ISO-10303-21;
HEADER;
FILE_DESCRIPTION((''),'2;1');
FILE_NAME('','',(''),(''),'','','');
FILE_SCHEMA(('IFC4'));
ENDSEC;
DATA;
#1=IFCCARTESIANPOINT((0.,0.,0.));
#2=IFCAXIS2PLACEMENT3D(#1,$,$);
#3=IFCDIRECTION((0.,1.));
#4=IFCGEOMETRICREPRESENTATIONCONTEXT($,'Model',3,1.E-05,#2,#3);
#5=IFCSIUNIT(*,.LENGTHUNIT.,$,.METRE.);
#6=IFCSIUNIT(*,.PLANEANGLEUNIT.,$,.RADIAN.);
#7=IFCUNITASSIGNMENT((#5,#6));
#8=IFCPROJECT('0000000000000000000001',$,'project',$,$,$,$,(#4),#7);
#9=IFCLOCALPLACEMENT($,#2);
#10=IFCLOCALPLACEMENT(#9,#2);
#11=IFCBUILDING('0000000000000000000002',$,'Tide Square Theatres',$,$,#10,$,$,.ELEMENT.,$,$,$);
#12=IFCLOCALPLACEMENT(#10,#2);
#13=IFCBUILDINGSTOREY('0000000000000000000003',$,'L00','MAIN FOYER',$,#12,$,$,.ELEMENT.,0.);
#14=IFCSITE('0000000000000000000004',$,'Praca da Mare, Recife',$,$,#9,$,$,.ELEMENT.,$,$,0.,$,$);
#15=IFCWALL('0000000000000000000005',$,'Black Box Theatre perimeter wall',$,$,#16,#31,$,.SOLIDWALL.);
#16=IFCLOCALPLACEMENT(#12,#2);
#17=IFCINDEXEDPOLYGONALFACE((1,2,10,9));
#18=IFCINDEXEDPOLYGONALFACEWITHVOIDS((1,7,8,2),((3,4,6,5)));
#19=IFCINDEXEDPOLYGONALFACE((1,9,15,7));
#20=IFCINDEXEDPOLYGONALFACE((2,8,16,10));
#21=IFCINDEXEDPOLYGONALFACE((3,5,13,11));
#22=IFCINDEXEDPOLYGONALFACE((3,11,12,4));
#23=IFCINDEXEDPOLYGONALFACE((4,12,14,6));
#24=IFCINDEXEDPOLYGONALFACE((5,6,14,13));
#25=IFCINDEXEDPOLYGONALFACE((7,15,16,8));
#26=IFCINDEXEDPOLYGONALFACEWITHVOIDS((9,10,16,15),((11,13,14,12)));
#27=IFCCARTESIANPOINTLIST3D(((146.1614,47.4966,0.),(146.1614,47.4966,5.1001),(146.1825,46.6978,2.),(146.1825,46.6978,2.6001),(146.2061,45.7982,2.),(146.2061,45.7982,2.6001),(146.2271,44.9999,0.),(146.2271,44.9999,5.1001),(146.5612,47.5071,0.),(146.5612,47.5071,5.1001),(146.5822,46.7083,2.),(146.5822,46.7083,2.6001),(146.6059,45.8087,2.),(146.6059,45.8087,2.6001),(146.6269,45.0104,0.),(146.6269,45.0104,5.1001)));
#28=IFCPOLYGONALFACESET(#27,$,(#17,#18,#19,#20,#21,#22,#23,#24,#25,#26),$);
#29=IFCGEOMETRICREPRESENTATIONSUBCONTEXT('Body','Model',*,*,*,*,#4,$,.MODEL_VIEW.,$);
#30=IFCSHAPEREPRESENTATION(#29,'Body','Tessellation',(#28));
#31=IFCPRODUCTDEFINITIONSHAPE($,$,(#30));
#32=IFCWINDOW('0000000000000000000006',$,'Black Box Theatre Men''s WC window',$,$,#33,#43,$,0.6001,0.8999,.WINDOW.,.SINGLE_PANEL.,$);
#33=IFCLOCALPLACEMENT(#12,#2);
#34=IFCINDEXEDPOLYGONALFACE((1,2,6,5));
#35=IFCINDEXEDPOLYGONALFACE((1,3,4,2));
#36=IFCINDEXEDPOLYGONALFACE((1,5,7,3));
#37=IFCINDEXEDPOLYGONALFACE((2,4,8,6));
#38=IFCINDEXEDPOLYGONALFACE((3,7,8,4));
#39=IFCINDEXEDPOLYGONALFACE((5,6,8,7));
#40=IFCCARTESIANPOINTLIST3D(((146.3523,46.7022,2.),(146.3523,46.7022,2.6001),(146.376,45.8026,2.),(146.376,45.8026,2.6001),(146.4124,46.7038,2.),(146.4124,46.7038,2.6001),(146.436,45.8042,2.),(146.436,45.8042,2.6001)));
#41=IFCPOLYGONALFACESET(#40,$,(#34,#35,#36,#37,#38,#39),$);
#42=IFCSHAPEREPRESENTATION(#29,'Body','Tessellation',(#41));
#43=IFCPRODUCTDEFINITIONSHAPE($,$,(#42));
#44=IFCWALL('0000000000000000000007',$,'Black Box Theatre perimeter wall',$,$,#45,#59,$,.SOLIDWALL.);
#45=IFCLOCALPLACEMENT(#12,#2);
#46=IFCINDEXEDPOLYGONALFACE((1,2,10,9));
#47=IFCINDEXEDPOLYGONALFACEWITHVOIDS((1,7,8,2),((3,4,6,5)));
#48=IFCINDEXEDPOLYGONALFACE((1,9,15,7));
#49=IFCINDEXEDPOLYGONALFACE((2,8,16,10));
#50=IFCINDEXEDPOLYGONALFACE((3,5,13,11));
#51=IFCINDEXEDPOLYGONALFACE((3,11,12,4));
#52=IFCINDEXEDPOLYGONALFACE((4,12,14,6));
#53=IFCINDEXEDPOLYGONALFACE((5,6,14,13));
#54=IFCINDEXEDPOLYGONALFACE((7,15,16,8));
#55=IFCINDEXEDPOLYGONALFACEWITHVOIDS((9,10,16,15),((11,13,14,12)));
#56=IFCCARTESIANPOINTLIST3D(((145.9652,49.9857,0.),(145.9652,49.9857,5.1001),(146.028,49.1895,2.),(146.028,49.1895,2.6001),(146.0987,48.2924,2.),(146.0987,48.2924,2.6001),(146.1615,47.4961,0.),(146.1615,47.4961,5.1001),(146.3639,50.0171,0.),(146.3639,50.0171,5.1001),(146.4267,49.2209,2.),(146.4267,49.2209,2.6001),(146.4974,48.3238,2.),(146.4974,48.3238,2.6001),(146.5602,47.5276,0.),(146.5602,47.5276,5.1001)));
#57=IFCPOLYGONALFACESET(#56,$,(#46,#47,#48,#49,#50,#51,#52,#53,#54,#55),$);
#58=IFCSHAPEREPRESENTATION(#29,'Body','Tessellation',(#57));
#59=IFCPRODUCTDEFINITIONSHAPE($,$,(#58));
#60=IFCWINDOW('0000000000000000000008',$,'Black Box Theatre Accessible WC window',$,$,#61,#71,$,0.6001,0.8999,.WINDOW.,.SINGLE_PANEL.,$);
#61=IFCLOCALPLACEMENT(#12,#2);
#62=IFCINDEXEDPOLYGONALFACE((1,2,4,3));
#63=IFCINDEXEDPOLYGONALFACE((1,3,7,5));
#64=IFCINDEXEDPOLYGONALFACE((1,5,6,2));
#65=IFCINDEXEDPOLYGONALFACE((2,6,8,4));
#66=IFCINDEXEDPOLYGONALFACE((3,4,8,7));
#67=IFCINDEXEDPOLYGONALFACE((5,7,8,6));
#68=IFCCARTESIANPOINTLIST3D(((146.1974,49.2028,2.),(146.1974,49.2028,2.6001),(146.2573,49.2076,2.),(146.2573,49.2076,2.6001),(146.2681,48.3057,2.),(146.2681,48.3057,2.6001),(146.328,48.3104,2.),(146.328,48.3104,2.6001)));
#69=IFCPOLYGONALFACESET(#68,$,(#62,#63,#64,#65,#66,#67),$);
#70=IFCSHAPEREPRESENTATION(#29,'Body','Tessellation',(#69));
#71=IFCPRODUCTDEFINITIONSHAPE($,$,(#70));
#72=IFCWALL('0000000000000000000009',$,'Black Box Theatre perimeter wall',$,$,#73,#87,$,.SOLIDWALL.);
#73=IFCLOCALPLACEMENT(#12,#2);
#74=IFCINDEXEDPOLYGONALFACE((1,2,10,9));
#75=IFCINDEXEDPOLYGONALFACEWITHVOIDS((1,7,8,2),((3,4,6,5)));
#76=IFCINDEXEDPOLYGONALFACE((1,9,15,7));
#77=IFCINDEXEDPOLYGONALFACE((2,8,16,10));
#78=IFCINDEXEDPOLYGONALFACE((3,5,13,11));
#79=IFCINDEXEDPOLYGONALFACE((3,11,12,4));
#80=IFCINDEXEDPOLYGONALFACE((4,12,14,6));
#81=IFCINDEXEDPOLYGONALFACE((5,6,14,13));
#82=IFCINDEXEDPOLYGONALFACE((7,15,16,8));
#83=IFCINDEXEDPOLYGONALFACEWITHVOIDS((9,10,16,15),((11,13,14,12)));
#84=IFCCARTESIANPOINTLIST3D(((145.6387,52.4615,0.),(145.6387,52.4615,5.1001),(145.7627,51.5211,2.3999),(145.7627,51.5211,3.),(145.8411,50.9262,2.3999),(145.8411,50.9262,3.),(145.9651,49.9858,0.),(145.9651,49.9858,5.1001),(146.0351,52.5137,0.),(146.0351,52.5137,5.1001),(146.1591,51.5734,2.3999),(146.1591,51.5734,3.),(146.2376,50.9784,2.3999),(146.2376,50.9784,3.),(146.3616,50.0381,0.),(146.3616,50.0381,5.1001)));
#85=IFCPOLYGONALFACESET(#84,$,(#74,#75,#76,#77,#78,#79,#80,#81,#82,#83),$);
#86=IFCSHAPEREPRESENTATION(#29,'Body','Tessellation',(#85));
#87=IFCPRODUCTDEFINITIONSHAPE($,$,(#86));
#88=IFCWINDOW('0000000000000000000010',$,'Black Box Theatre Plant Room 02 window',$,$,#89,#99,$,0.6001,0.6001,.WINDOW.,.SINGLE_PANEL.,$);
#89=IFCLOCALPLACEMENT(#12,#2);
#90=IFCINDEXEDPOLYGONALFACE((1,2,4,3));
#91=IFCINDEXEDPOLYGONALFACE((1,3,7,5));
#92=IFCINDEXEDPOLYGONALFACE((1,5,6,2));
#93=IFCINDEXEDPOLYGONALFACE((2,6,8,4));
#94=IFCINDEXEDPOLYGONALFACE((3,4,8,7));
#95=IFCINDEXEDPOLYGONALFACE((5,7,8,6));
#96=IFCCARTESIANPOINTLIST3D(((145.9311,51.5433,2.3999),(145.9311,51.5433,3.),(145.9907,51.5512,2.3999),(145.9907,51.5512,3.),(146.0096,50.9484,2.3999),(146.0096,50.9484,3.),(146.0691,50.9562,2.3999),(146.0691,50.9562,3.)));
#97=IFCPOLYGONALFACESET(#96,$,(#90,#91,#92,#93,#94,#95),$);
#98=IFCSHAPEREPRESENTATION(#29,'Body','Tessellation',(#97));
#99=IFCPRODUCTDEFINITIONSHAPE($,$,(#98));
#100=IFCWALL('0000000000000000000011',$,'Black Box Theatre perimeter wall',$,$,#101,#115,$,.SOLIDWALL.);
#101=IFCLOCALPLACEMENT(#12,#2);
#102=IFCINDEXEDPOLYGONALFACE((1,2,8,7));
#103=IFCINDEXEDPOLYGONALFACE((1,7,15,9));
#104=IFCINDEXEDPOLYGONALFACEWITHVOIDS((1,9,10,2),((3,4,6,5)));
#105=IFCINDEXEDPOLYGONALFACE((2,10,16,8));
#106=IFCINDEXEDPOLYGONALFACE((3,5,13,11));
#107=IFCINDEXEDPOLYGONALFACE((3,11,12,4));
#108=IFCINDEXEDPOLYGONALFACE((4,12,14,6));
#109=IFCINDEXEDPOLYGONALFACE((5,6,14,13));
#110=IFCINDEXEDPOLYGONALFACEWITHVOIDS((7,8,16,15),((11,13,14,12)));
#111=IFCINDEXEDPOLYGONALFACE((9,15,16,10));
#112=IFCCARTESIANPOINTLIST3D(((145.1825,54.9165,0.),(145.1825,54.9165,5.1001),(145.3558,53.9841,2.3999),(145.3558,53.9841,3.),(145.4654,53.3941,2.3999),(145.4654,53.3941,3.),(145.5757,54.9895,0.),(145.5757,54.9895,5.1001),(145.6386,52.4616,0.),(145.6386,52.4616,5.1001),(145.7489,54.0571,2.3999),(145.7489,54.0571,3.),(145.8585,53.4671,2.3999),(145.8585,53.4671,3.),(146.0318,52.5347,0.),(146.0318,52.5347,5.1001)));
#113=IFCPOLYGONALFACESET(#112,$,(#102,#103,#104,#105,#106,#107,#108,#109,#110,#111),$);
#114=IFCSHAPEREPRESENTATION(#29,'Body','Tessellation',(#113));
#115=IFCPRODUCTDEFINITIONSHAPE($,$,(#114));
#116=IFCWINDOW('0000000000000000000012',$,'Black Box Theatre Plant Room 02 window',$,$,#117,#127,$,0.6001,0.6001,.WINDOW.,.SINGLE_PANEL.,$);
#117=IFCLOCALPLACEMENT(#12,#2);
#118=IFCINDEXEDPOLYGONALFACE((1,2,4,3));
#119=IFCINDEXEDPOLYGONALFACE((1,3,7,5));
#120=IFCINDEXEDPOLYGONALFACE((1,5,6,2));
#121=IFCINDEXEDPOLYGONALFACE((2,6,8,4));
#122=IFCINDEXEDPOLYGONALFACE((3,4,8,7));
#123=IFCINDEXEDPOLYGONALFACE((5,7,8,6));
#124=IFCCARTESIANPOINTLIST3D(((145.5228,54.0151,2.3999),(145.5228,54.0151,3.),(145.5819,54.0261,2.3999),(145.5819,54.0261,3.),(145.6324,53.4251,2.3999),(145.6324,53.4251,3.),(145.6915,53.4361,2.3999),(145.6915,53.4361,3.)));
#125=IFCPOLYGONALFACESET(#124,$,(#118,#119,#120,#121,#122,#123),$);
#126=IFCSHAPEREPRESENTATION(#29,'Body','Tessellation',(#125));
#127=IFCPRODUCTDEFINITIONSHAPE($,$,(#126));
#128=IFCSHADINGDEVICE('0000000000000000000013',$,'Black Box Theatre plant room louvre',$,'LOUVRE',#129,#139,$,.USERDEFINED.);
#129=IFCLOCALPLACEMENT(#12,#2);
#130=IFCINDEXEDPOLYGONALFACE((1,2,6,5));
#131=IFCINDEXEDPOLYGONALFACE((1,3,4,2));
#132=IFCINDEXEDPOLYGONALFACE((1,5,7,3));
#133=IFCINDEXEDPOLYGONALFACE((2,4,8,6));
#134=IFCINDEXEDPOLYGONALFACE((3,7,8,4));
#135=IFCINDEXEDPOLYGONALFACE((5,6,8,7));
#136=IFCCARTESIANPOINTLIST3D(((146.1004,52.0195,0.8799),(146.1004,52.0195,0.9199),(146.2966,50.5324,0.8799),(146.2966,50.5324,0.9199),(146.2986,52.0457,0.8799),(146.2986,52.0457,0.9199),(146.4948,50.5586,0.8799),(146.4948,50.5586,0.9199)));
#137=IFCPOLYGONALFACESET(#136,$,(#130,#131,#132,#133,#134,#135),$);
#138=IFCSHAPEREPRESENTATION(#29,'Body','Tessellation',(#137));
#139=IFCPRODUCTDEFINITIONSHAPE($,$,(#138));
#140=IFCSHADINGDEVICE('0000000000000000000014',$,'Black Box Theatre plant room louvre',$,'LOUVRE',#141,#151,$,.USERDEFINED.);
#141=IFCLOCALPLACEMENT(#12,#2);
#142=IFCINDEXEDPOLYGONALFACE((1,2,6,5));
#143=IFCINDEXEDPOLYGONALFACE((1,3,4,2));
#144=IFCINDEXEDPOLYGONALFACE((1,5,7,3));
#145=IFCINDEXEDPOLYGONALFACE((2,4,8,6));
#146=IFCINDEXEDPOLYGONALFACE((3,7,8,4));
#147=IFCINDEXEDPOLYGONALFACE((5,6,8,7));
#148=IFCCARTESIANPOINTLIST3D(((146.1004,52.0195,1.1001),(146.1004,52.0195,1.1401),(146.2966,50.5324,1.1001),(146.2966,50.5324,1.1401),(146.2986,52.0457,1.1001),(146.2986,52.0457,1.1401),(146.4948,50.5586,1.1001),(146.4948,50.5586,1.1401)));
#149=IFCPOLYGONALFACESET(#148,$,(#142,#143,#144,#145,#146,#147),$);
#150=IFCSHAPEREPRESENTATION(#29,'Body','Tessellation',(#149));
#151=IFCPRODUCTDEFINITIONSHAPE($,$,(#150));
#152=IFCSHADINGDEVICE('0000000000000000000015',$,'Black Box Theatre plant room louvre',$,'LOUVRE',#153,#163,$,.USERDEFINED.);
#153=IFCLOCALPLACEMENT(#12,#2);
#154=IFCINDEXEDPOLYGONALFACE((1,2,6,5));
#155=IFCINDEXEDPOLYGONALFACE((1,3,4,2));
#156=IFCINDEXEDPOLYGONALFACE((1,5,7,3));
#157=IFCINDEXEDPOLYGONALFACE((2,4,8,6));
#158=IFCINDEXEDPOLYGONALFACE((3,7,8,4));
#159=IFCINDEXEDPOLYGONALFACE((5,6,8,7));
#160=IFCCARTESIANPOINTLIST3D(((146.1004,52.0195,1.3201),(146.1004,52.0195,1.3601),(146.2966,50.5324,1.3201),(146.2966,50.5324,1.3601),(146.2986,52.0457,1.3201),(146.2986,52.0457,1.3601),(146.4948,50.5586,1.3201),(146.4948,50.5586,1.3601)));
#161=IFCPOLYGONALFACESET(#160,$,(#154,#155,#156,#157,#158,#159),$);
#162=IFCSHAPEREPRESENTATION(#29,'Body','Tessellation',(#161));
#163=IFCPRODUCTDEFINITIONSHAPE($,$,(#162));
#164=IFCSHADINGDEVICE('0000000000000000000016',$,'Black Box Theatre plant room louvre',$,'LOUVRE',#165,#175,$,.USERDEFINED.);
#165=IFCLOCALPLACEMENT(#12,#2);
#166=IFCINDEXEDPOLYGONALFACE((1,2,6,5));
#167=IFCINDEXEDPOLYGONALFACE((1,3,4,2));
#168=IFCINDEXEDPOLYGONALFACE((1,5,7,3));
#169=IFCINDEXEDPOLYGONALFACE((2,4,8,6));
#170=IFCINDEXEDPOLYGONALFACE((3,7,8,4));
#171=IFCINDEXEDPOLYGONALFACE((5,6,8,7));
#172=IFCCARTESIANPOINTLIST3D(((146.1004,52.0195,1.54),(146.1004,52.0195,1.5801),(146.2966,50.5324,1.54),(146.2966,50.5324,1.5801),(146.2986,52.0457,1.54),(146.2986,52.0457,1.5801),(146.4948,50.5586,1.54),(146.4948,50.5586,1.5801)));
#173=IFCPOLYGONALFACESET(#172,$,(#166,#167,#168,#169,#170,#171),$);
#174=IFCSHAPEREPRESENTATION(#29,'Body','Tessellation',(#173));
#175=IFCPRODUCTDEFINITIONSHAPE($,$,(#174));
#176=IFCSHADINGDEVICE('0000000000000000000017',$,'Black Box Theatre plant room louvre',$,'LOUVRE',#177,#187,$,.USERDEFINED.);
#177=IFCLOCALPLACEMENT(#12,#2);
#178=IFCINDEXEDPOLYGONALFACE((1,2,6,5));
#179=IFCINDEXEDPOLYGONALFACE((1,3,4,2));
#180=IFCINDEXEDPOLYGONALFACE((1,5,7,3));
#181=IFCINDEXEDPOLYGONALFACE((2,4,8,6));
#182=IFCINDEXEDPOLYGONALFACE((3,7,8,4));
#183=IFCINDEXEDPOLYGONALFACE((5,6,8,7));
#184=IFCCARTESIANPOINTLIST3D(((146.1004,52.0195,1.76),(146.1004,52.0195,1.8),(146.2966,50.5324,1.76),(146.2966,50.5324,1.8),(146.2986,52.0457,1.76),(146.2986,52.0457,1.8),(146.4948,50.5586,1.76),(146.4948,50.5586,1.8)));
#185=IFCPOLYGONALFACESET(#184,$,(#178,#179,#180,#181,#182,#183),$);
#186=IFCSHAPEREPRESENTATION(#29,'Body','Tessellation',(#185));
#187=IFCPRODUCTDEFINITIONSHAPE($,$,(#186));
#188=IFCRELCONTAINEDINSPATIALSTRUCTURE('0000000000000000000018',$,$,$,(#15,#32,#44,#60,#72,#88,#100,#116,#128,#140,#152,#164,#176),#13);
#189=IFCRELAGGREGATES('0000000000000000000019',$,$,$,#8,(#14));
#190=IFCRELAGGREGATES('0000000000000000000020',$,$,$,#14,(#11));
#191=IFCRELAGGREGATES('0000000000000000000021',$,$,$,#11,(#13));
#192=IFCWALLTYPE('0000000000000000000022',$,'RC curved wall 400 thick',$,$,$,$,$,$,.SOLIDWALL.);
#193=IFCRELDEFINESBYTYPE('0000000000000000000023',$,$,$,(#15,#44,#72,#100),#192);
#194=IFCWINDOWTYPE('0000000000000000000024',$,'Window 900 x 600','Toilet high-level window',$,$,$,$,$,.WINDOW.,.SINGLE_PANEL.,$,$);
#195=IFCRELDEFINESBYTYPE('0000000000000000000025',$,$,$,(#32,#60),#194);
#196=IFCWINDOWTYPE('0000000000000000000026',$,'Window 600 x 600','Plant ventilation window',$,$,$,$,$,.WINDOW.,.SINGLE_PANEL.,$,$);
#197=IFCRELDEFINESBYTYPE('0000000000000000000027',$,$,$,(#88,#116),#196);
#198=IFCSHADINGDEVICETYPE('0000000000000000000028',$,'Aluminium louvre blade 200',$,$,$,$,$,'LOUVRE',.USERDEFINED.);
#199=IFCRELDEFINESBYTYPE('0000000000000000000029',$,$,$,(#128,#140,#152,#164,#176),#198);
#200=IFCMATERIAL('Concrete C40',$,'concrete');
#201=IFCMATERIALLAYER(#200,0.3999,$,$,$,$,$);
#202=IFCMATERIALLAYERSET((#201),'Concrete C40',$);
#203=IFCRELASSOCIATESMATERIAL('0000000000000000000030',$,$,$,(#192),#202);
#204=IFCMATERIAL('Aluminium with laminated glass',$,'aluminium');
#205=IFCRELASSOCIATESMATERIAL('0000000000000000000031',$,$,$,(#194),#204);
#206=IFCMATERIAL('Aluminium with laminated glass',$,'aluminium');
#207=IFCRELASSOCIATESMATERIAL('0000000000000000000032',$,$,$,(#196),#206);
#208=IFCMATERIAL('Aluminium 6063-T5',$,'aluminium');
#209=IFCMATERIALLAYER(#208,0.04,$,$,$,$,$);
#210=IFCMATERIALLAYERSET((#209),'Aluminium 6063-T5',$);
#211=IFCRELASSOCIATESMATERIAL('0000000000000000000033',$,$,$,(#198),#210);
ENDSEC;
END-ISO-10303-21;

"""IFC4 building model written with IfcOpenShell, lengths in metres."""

from ifc_helpers import new_model, si_unit, direction, frame, frame_2d, origin, origin_2d, place, context, subcontext, project, spatial, rectangle, extrude, material, layer, layer_set, type_object, element, fill, save


model = new_model("IFC4")

# Units and contexts
model_context = context("Model", 3, precision=1e-05, world=origin(), true_north=direction((0.0, 1.0)))
body_context = subcontext(model_context, "Body", "Model", "MODEL_VIEW")
ifc_project = project(units=[si_unit("LENGTHUNIT", "METRE"), si_unit("PLANEANGLEUNIT", "RADIAN")], contexts=[model_context])

# Site, building, storey
site_placement = place(None, origin())
site = spatial("IfcSite", under=ifc_project, at=site_placement, Name="Praca da Mare, Recife", CompositionType="ELEMENT", RefElevation=0.0)
building_placement = place(site_placement, origin())
building = spatial("IfcBuilding", under=site, at=building_placement, Name="Tide Square Theatres", CompositionType="ELEMENT")
storey_placement = place(building_placement, origin())
storey = spatial("IfcBuildingStorey", under=building, at=storey_placement, Name="L00", Description="MAIN FOYER", CompositionType="ELEMENT", Elevation=0.0)

# Walls, openings, windows
ifc_material_1 = material(Name="Concrete C40", Category="concrete")
ifc_layer_1 = layer(ifc_material_1, 0.3999)
ifc_layer_set_1 = layer_set([ifc_layer_1], Name="Concrete C40")
wall_type = type_object("IfcWallType", Name="RC curved wall 400 thick", PredefinedType="SOLIDWALL", material=ifc_layer_set_1)
ifc_material_2 = material(Name="Aluminium with laminated glass", Category="aluminium")
window_type_1 = type_object("IfcWindowType", Name="Window 900 x 600", Description="Toilet high-level window", PartitioningType="SINGLE_PANEL", PredefinedType="WINDOW", material=ifc_material_2)
wall_1_placement = place(storey_placement, frame((146.427, 45.0051, 0.0), z_axis=(0.0, 0.0, 1.0), x_axis=(-0.026296, 0.999654, 0.0)))
wall_1 = element("IfcWall", 1, at=wall_1_placement, inside=storey, type_object=wall_type, Name="Black Box Theatre perimeter wall", PredefinedType="SOLIDWALL", context=body_context, shape_type="SweptSolid", body=[
    extrude(rectangle(XDim=2.4976, YDim=0.3999, at=frame_2d((1.2488, 0.0))), origin(), (0.0, 0.0, 1.0), 5.1001),
])
opening_1_placement = place(wall_1_placement, frame((0.7986, 0.0, 2.0)))
opening_1 = element("IfcOpeningElement", 2, at=opening_1_placement, cuts=wall_1, PredefinedType="OPENING", context=body_context, shape_type="SweptSolid", body=[
    extrude(rectangle(XDim=0.8999, YDim=0.6001, at=frame_2d((0.45, 0.3))), frame((0.0, 0.21, 0.0), z_axis=(0.0, -1.0, 0.0), x_axis=(1.0, 0.0, 0.0)), (0.0, 0.0, 1.0), 0.4199),
])
window_1_placement = place(opening_1_placement, origin())
window_1 = element("IfcWindow", 3, at=window_1_placement, inside=storey, type_object=window_type_1, Name="Black Box Theatre Men's WC window", OverallHeight=0.6001, OverallWidth=0.8999, PartitioningType="SINGLE_PANEL", PredefinedType="WINDOW", context=body_context, shape_type="SweptSolid", body=[
    extrude(rectangle(XDim=0.8999, YDim=0.6001, at=frame_2d((0.45, 0.3))), frame((0.0, 0.03, 0.0), z_axis=(0.0, -1.0, 0.0), x_axis=(1.0, 0.0, 0.0)), (0.0, 0.0, 1.0), 0.0601),
])
fill(opening_1, window_1)
wall_2_placement = place(storey_placement, frame((146.3608, 47.512, 0.0), z_axis=(0.0, 0.0, 1.0), x_axis=(-0.078603, 0.996906, 0.0)))
wall_2 = element("IfcWall", 4, at=wall_2_placement, inside=storey, type_object=wall_type, Name="Black Box Theatre perimeter wall", PredefinedType="SOLIDWALL", context=body_context, shape_type="SweptSolid", body=[
    extrude(rectangle(XDim=2.4973, YDim=0.3999, at=frame_2d((1.2485, 0.0))), origin(), (0.0, 0.0, 1.0), 5.1001),
])
opening_2_placement = place(wall_2_placement, frame((0.7986, 0.0, 2.0)))
opening_2 = element("IfcOpeningElement", 5, at=opening_2_placement, cuts=wall_2, PredefinedType="OPENING", context=body_context, shape_type="SweptSolid", body=[
    extrude(rectangle(XDim=0.8999, YDim=0.6001, at=frame_2d((0.45, 0.3))), frame((0.0, 0.21, 0.0), z_axis=(0.0, -1.0, 0.0), x_axis=(1.0, 0.0, 0.0)), (0.0, 0.0, 1.0), 0.4199),
])
window_2_placement = place(opening_2_placement, origin())
window_2 = element("IfcWindow", 6, at=window_2_placement, inside=storey, type_object=window_type_1, Name="Black Box Theatre Accessible WC window", OverallHeight=0.6001, OverallWidth=0.8999, PartitioningType="SINGLE_PANEL", PredefinedType="WINDOW", context=body_context, shape_type="SweptSolid", body=[
    extrude(rectangle(XDim=0.8999, YDim=0.6001, at=frame_2d((0.45, 0.3))), frame((0.0, 0.03, 0.0), z_axis=(0.0, -1.0, 0.0), x_axis=(1.0, 0.0, 0.0)), (0.0, 0.0, 1.0), 0.0601),
])
fill(opening_2, window_2)
wall_3_placement = place(storey_placement, frame((146.1633, 50.012, 0.0), z_axis=(0.0, 0.0, 1.0), x_axis=(-0.130723, 0.991419, 0.0)))
wall_3 = element("IfcWall", 7, at=wall_3_placement, inside=storey, type_object=wall_type, Name="Black Box Theatre perimeter wall", PredefinedType="SOLIDWALL", context=body_context, shape_type="SweptSolid", body=[
    extrude(rectangle(XDim=2.4971, YDim=0.3999, at=frame_2d((1.2485, 0.0))), origin(), (0.0, 0.0, 1.0), 5.1001),
])
opening_3_placement = place(wall_3_placement, frame((0.9485, 0.0, 2.3999)))
opening_3 = element("IfcOpeningElement", 8, at=opening_3_placement, cuts=wall_3, PredefinedType="OPENING", context=body_context, shape_type="SweptSolid", body=[
    extrude(rectangle(XDim=0.6001, YDim=0.6001, at=frame_2d((0.3, 0.3))), frame((0.0, 0.21, 0.0), z_axis=(0.0, -1.0, 0.0), x_axis=(1.0, 0.0, 0.0)), (0.0, 0.0, 1.0), 0.4199),
])
ifc_material_3 = material(Name="Aluminium with laminated glass", Category="aluminium")
window_type_2 = type_object("IfcWindowType", Name="Window 600 x 600", Description="Plant ventilation window", PartitioningType="SINGLE_PANEL", PredefinedType="WINDOW", material=ifc_material_3)
window_3_placement = place(opening_3_placement, origin())
window_3 = element("IfcWindow", 9, at=window_3_placement, inside=storey, type_object=window_type_2, Name="Black Box Theatre Plant Room 02 window", OverallHeight=0.6001, OverallWidth=0.6001, PartitioningType="SINGLE_PANEL", PredefinedType="WINDOW", context=body_context, shape_type="SweptSolid", body=[
    extrude(rectangle(XDim=0.6001, YDim=0.6001, at=frame_2d((0.3, 0.3))), frame((0.0, 0.03, 0.0), z_axis=(0.0, -1.0, 0.0), x_axis=(1.0, 0.0, 0.0)), (0.0, 0.0, 1.0), 0.0601),
])
fill(opening_3, window_3)
wall_4_placement = place(storey_placement, frame((145.8352, 52.498, 0.0), z_axis=(0.0, 0.0, 1.0), x_axis=(-0.182653, 0.983177, 0.0)))
wall_4 = element("IfcWall", 10, at=wall_4_placement, inside=storey, type_object=wall_type, Name="Black Box Theatre perimeter wall", PredefinedType="SOLIDWALL", context=body_context, shape_type="SweptSolid", body=[
    extrude(rectangle(XDim=2.4968, YDim=0.3999, at=frame_2d((1.2485, 0.0))), origin(), (0.0, 0.0, 1.0), 5.1001),
])
opening_4_placement = place(wall_4_placement, frame((0.9485, 0.0, 2.3999)))
opening_4 = element("IfcOpeningElement", 11, at=opening_4_placement, cuts=wall_4, PredefinedType="OPENING", context=body_context, shape_type="SweptSolid", body=[
    extrude(rectangle(XDim=0.6001, YDim=0.6001, at=frame_2d((0.3, 0.3))), frame((0.0, 0.21, 0.0), z_axis=(0.0, -1.0, 0.0), x_axis=(1.0, 0.0, 0.0)), (0.0, 0.0, 1.0), 0.4199),
])
window_4_placement = place(opening_4_placement, origin())
window_4 = element("IfcWindow", 12, at=window_4_placement, inside=storey, type_object=window_type_2, Name="Black Box Theatre Plant Room 02 window", OverallHeight=0.6001, OverallWidth=0.6001, PartitioningType="SINGLE_PANEL", PredefinedType="WINDOW", context=body_context, shape_type="SweptSolid", body=[
    extrude(rectangle(XDim=0.6001, YDim=0.6001, at=frame_2d((0.3, 0.3))), frame((0.0, 0.03, 0.0), z_axis=(0.0, -1.0, 0.0), x_axis=(1.0, 0.0, 0.0)), (0.0, 0.0, 1.0), 0.0601),
])
fill(opening_4, window_4)

# Shading devices
ifc_material_4 = material(Name="Aluminium 6063-T5", Category="aluminium")
ifc_layer_2 = layer(ifc_material_4, 0.04)
ifc_layer_set_2 = layer_set([ifc_layer_2], Name="Aluminium 6063-T5")
shading_device_type = type_object("IfcShadingDeviceType", Name="Aluminium louvre blade 200", ElementType="LOUVRE", PredefinedType="USERDEFINED", material=ifc_layer_set_2)
for number, where, z_axis, x_axis, name in (
    (13, (146.2976, 51.2891, 0.8799), (0.0, 0.0, 1.0), (-0.130786, 0.991411, 0.0), "Black Box Theatre plant room louvre"),
    (14, (146.2976, 51.2891, 1.1001), (0.0, 0.0, 1.0), (-0.130786, 0.991411, 0.0), "Black Box Theatre plant room louvre"),
    (15, (146.2976, 51.2891, 1.3201), (0.0, 0.0, 1.0), (-0.130786, 0.991411, 0.0), "Black Box Theatre plant room louvre"),
    (16, (146.2976, 51.2891, 1.54), (0.0, 0.0, 1.0), (-0.130786, 0.991411, 0.0), "Black Box Theatre plant room louvre"),
    (17, (146.2976, 51.2891, 1.76), (0.0, 0.0, 1.0), (-0.130786, 0.991411, 0.0), "Black Box Theatre plant room louvre"),
):
    element("IfcShadingDevice", number, at=place(storey_placement, frame(where, z_axis=z_axis, x_axis=x_axis)), inside=storey, type_object=shading_device_type, Name=name, ObjectType="LOUVRE", PredefinedType="USERDEFINED", context=body_context, shape_type="SweptSolid", body=[
        extrude(rectangle(XDim=1.5, YDim=0.2, at=origin_2d()), origin(), (0.0, 0.0, 1.0), 0.04),
    ])

save(model, "model.ifc")
